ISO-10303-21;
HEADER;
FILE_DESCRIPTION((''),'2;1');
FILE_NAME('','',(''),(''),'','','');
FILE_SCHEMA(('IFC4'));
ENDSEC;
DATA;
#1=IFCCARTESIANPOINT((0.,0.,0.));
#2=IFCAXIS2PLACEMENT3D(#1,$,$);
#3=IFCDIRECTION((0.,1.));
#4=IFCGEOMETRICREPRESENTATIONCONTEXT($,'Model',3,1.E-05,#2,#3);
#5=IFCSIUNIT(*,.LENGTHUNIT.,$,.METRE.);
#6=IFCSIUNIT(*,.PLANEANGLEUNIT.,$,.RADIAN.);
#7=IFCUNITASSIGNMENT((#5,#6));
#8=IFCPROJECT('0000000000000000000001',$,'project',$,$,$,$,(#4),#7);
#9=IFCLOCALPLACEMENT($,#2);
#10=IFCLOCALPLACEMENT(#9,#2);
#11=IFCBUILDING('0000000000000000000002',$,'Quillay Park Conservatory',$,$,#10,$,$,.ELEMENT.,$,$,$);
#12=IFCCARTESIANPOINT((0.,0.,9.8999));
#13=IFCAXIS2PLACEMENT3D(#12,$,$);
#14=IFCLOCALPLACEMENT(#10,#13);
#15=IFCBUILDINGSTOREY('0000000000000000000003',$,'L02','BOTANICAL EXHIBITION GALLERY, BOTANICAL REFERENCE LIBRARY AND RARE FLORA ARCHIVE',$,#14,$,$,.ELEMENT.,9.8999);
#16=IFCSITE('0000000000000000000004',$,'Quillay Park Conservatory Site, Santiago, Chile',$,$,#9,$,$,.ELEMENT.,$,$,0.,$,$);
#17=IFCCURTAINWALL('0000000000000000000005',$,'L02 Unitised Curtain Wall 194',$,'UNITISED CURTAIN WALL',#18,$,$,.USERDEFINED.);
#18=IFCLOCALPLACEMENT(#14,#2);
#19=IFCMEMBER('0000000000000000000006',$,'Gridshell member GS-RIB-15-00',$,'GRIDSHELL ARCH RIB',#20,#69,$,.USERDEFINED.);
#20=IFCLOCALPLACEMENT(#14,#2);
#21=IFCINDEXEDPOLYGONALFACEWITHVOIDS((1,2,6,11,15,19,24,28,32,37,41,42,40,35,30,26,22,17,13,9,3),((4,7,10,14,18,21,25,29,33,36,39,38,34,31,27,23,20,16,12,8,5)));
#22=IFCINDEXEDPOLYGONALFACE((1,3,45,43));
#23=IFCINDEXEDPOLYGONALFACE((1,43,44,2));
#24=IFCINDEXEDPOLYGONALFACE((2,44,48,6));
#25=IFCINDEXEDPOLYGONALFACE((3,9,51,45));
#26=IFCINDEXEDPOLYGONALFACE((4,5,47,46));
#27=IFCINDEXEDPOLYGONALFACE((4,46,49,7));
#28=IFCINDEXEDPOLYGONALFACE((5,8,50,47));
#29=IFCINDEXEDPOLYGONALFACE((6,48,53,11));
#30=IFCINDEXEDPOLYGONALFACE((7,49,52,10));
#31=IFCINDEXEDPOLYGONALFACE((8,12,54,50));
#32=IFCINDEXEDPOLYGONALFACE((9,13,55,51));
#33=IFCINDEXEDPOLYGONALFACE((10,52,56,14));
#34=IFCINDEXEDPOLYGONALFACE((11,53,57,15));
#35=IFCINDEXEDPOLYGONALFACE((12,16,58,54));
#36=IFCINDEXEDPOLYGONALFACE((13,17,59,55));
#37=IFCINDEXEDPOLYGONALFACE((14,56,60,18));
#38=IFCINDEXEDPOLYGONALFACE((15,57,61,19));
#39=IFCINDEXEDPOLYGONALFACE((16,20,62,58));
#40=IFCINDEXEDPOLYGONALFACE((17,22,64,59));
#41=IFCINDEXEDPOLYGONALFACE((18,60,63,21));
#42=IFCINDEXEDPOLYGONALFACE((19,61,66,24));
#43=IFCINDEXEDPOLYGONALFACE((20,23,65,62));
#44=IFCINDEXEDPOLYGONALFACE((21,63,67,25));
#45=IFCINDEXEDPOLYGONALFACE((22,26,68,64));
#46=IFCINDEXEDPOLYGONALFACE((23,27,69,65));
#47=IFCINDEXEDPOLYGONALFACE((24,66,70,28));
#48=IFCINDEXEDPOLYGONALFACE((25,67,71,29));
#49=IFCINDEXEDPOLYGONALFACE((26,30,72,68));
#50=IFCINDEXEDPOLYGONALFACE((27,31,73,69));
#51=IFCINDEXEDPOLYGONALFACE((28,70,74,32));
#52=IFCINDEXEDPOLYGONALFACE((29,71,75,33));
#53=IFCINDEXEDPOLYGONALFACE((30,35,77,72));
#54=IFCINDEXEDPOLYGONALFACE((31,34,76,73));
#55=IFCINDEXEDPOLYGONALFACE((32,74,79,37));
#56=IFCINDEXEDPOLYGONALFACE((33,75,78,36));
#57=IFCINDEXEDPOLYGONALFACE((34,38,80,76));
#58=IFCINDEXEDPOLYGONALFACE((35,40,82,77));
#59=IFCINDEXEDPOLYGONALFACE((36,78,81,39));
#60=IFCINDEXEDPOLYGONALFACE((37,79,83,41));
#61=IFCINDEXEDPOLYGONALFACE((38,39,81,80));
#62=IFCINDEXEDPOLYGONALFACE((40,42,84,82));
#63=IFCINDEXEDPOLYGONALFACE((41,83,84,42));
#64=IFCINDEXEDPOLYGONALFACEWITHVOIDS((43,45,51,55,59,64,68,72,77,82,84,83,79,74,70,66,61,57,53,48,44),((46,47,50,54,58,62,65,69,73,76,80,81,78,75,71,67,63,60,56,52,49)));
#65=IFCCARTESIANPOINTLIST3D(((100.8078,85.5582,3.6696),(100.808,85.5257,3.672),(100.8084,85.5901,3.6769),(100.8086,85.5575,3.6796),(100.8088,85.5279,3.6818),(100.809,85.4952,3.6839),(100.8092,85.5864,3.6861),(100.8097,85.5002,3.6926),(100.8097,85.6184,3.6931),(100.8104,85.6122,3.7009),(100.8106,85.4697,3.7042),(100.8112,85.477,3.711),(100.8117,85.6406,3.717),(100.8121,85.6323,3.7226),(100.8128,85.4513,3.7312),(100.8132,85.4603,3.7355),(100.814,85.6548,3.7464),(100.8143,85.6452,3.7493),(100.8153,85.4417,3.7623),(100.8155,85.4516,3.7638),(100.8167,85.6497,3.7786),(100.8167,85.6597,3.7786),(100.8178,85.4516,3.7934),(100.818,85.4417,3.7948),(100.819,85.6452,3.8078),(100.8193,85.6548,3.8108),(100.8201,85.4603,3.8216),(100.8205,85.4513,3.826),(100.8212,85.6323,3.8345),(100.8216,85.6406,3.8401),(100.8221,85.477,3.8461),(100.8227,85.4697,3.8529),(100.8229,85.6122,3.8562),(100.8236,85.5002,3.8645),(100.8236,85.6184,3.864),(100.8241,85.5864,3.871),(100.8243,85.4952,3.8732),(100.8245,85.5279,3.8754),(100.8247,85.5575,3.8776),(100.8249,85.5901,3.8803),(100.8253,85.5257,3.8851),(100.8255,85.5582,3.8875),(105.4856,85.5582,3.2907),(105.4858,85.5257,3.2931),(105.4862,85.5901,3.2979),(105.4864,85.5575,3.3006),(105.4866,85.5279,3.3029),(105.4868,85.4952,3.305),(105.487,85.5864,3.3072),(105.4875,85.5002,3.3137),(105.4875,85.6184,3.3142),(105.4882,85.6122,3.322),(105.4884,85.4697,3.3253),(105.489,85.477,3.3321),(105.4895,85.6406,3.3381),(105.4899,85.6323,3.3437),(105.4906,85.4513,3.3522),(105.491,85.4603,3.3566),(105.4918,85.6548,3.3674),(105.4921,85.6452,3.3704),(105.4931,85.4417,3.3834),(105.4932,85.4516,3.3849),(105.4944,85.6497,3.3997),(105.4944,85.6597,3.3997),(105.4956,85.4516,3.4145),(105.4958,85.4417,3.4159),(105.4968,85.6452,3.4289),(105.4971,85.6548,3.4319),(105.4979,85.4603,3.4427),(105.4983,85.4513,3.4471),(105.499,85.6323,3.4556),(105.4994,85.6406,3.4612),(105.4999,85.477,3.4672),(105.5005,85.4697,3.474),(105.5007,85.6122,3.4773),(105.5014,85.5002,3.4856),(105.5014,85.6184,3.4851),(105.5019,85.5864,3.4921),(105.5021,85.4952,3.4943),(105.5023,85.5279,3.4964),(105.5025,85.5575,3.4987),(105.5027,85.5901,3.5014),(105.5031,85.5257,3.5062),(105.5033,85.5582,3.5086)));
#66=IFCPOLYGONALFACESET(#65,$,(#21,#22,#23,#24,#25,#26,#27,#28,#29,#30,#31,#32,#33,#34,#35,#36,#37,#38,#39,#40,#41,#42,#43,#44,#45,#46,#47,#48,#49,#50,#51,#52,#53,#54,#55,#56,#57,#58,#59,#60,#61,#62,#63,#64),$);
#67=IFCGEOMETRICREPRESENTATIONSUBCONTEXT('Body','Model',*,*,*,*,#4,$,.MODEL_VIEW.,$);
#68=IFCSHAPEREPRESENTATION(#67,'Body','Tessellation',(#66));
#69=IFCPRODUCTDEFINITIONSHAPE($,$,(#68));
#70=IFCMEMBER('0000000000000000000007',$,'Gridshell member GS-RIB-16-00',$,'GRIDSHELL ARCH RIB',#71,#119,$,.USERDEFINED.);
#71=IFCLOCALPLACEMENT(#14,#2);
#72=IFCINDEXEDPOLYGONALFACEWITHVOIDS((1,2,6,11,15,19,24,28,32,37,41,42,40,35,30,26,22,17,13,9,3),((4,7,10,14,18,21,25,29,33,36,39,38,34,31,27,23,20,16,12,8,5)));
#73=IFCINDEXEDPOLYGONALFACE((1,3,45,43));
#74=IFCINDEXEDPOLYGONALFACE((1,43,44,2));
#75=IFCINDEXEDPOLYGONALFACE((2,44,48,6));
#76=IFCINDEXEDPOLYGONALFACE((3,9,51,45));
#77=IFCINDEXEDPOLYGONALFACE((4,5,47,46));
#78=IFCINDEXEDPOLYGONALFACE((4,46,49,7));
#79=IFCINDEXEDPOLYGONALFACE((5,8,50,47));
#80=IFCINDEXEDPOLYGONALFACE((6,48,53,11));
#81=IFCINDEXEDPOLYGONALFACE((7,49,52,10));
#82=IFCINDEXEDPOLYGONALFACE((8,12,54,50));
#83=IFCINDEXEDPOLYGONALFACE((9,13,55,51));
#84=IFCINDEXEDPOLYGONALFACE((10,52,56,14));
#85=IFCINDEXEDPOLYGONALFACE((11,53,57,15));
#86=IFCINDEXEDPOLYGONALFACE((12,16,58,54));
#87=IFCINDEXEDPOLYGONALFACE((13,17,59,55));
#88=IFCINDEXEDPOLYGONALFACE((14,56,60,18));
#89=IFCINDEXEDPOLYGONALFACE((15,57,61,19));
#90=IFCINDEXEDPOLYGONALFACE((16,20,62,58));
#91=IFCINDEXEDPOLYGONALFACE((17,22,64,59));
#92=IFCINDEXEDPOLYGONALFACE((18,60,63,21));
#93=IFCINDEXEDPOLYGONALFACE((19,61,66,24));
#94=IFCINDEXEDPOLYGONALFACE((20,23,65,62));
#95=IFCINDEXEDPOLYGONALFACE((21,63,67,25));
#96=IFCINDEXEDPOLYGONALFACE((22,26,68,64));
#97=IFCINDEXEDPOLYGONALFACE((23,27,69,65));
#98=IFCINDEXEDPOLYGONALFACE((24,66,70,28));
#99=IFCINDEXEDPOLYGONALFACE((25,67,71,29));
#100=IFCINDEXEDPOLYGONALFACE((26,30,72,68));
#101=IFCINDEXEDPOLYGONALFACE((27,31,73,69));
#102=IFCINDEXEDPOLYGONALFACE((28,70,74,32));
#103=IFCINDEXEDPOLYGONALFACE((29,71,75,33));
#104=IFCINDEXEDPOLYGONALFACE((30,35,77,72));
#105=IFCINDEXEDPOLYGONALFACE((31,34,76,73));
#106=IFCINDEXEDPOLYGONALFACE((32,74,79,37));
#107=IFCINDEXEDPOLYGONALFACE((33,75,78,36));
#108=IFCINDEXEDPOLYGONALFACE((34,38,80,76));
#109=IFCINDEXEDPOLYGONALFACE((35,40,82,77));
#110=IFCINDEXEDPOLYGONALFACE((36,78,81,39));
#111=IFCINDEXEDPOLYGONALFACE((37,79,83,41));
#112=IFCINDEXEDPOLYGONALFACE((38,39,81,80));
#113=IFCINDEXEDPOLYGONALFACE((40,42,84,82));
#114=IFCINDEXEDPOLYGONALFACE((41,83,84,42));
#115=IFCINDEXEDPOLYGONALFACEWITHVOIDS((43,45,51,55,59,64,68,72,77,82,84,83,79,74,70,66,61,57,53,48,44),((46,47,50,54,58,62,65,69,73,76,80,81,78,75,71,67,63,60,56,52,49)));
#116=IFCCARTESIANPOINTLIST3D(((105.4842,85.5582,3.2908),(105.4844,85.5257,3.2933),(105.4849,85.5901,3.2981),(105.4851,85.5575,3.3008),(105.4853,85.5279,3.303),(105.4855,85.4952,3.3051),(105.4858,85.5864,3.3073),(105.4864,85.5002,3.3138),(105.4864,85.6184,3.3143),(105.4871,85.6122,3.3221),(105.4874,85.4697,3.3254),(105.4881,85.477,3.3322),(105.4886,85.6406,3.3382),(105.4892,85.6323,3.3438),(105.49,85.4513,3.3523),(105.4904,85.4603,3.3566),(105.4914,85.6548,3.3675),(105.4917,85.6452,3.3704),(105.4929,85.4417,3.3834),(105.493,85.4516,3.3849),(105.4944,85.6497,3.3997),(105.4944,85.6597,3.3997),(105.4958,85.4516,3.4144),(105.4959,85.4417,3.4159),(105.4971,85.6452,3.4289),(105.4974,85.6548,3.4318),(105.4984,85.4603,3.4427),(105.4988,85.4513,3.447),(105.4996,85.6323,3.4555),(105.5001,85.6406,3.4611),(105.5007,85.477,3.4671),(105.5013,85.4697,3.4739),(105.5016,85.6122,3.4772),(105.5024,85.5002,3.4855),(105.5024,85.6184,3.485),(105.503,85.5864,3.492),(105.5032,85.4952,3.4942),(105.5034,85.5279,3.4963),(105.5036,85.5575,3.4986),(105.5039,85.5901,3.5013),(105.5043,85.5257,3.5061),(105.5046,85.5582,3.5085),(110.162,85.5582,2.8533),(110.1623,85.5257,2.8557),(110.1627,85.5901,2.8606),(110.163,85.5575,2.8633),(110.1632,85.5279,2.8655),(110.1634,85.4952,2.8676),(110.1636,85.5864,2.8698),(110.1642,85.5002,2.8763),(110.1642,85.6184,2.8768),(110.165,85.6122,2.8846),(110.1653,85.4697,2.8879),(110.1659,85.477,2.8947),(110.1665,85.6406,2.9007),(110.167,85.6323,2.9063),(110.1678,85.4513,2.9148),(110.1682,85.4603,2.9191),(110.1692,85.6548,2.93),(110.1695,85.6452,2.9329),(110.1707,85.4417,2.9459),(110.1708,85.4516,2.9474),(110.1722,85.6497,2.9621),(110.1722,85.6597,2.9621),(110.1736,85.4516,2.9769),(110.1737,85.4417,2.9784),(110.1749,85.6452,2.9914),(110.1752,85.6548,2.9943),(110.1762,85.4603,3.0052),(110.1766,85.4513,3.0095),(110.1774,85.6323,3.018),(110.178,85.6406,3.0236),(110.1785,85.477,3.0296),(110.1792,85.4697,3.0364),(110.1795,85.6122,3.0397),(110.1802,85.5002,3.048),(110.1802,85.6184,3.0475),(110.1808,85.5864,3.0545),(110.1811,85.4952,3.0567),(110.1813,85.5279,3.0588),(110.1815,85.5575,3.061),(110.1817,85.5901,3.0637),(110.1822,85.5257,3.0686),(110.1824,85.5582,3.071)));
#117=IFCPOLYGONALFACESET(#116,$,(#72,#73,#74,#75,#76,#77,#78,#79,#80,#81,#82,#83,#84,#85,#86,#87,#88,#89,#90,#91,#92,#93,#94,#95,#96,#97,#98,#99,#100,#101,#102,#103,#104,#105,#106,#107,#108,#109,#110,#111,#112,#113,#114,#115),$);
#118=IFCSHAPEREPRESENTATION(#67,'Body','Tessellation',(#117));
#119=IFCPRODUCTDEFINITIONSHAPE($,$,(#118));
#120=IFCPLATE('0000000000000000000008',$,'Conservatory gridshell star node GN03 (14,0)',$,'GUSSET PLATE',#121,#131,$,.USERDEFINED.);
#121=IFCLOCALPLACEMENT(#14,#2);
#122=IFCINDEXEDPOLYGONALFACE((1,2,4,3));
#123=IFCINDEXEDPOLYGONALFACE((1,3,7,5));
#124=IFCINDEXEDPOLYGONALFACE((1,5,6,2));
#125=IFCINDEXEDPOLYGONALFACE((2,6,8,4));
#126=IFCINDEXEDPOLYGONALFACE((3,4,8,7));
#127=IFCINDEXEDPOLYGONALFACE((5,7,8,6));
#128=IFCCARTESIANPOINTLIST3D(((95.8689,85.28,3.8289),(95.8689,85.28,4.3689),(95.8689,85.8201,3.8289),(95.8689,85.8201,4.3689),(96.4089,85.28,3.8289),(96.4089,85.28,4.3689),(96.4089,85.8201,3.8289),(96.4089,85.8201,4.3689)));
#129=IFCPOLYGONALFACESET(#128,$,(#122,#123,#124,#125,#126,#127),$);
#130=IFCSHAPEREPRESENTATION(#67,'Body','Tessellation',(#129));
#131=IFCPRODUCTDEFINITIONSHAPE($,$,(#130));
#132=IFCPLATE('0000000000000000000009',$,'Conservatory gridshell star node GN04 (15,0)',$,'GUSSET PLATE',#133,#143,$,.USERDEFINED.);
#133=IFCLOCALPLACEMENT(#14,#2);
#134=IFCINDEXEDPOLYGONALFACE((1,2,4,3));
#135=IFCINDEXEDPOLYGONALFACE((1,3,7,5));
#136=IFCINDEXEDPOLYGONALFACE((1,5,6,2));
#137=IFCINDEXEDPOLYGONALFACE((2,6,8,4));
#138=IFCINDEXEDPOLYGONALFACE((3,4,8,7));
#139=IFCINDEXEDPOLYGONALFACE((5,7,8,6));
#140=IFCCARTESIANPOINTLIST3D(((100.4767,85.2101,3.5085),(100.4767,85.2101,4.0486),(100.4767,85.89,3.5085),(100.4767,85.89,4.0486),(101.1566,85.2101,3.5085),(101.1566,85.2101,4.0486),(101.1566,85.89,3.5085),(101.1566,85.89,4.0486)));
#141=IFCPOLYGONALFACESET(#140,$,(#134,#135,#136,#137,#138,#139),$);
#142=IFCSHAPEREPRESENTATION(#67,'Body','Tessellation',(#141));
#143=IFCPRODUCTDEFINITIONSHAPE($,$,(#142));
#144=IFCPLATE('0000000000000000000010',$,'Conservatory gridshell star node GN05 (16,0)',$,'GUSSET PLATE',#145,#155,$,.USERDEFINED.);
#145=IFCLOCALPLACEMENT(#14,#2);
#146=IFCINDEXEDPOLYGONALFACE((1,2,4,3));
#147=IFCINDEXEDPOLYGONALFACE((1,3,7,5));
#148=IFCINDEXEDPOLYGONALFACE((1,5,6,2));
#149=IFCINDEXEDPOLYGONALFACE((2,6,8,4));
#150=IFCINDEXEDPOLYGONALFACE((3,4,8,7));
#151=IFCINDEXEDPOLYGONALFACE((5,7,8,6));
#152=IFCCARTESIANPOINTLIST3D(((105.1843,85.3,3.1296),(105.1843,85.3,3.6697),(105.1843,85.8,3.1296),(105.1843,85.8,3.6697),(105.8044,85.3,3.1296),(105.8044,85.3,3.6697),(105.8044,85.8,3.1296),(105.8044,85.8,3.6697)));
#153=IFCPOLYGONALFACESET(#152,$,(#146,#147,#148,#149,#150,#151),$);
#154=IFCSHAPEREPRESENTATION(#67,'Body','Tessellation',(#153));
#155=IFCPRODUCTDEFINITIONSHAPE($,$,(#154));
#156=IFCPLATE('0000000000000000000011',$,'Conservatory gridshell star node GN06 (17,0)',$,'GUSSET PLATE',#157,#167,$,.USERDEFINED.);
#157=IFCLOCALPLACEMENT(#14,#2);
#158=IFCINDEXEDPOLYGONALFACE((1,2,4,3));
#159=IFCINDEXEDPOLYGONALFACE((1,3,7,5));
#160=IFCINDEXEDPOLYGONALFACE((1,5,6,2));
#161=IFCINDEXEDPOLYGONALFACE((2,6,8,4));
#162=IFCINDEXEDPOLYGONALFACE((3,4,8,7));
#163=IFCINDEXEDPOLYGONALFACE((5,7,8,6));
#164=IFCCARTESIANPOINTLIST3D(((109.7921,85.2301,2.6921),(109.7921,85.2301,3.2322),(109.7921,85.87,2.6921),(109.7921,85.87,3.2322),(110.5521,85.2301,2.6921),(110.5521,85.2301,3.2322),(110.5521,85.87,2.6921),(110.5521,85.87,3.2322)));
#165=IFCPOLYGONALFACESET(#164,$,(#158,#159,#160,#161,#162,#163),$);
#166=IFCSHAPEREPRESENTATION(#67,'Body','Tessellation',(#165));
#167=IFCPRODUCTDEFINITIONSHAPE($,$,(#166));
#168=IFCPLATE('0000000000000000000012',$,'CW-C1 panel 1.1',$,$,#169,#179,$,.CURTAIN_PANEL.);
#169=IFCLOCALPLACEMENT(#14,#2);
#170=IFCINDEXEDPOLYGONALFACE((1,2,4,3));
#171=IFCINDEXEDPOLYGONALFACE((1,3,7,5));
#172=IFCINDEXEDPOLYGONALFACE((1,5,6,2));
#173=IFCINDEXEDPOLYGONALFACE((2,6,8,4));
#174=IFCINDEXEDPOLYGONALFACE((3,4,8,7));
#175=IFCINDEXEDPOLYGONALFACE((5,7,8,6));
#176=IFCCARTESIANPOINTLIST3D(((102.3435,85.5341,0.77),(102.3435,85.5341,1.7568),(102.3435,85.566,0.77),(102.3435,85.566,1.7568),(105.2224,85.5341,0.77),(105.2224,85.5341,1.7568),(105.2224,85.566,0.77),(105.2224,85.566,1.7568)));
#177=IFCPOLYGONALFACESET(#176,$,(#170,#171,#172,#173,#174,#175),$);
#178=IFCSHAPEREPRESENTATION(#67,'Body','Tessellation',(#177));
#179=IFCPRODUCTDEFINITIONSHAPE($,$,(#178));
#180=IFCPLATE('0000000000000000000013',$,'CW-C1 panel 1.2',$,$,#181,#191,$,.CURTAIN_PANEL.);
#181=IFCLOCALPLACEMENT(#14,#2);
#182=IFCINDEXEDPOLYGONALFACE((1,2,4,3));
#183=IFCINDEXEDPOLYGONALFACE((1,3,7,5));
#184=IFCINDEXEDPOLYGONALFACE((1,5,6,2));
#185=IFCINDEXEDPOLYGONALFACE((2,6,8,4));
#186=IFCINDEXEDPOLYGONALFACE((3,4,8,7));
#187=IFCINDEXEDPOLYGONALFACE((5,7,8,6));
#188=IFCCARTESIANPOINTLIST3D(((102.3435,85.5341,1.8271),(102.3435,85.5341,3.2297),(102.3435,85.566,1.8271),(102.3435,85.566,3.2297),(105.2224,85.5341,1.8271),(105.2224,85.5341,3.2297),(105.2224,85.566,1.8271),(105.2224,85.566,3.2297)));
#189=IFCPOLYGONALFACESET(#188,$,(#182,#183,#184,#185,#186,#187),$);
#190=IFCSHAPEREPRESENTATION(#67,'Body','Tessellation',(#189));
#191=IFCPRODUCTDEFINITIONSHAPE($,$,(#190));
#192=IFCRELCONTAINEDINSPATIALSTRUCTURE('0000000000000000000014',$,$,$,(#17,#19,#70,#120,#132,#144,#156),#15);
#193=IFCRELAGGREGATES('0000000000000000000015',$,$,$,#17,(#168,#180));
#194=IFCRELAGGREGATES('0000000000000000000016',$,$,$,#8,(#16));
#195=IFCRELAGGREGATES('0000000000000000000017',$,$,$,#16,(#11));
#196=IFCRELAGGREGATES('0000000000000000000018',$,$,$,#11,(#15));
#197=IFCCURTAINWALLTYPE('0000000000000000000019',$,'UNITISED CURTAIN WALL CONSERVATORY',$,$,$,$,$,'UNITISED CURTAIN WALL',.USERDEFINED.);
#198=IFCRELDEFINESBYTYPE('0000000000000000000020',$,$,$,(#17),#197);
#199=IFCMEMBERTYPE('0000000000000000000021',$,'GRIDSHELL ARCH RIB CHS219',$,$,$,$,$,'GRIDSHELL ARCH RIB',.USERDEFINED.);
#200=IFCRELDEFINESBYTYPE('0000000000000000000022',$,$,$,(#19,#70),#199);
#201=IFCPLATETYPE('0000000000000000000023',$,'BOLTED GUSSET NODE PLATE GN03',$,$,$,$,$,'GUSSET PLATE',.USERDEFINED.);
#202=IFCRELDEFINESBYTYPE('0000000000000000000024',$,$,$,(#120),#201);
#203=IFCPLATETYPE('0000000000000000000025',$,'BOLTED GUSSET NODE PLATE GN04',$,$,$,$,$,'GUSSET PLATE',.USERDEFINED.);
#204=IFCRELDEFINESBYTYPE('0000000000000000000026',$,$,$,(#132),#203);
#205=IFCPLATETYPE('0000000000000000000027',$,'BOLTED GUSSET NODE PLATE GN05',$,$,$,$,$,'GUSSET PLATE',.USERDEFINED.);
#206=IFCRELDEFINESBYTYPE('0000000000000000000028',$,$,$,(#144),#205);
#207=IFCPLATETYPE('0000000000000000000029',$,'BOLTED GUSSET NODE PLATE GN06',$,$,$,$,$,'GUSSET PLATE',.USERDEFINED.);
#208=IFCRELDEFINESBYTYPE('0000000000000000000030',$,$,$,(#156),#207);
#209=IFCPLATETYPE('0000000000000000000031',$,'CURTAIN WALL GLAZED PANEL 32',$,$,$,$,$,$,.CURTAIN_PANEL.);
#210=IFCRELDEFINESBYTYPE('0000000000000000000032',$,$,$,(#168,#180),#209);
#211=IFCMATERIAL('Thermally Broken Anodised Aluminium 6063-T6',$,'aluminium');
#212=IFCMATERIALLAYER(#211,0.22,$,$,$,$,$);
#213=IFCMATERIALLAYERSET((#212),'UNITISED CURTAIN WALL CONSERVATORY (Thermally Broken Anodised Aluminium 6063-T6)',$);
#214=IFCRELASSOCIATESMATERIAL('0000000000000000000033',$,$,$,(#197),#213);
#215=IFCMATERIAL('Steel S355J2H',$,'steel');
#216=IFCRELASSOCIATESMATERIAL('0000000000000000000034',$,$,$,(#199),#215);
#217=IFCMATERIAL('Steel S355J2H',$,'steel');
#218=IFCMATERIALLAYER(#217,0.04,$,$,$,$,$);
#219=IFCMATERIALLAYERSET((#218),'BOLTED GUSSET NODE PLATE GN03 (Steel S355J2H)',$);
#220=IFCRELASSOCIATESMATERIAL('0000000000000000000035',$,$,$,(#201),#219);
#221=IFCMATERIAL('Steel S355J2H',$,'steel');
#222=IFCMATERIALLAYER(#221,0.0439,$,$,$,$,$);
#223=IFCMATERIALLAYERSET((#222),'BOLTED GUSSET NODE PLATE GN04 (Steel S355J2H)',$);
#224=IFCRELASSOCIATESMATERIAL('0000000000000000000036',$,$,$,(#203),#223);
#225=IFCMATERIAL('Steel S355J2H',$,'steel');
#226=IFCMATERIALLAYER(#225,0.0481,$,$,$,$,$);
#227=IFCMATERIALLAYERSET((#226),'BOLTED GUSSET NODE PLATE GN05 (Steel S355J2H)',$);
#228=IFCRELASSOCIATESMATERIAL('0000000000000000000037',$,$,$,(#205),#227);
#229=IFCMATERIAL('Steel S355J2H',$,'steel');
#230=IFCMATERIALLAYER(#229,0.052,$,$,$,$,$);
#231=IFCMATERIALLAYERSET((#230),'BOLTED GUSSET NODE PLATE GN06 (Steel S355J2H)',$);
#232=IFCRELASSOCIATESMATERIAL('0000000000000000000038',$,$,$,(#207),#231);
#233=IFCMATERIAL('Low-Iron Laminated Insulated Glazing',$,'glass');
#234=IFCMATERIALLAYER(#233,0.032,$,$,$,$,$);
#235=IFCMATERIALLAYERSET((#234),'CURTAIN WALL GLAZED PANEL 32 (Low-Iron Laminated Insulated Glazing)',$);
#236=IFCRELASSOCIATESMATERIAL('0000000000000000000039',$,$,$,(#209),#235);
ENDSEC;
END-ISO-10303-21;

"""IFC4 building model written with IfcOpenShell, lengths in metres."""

from ifc_helpers import new_model, si_unit, direction, frame, origin, origin_2d, place, context, subcontext, project, spatial, rectangle, hollow_circle, extrude, material, layer, layer_set, material_profile, profile_set, type_object, element, aggregate, save


model = new_model("IFC4")

# Units and contexts
model_context = context("Model", 3, precision=1e-05, world=origin(), true_north=direction((0.0, 1.0)))
body_context = subcontext(model_context, "Body", "Model", "MODEL_VIEW")
ifc_project = project(units=[si_unit("LENGTHUNIT", "METRE"), si_unit("PLANEANGLEUNIT", "RADIAN")], contexts=[model_context])

# Site, building, storey
site_placement = place(None, origin())
site = spatial("IfcSite", under=ifc_project, at=site_placement, Name="Quillay Park Conservatory Site, Santiago, Chile", CompositionType="ELEMENT", RefElevation=0.0)
building_placement = place(site_placement, origin())
building = spatial("IfcBuilding", under=site, at=building_placement, Name="Quillay Park Conservatory", CompositionType="ELEMENT")
storey_placement = place(building_placement, frame((0.0, 0.0, 9.8999)))
storey = spatial("IfcBuildingStorey", under=building, at=storey_placement, Name="L02", Description="BOTANICAL EXHIBITION GALLERY, BOTANICAL REFERENCE LIBRARY AND RARE FLORA ARCHIVE", CompositionType="ELEMENT", Elevation=9.8999)

# Shared definitions
ifc_material_1 = material(Name="Thermally Broken Anodised Aluminium 6063-T6", Category="aluminium")
ifc_layer_1 = layer(ifc_material_1, 0.22)
ifc_layer_set_1 = layer_set([ifc_layer_1], Name="UNITISED CURTAIN WALL CONSERVATORY (Thermally Broken Anodised Aluminium 6063-T6)")
curtain_wall_type = type_object("IfcCurtainWallType", Name="UNITISED CURTAIN WALL CONSERVATORY", ElementType="UNITISED CURTAIN WALL", PredefinedType="USERDEFINED", material=ifc_layer_set_1)

# Curtain wall
curtain_wall_1_placement = place(storey_placement, origin())
curtain_wall_1 = element("IfcCurtainWall", 1, at=curtain_wall_1_placement, inside=storey, type_object=curtain_wall_type, Name="L02 Unitised Curtain Wall 194", ObjectType="UNITISED CURTAIN WALL", PredefinedType="USERDEFINED")

# Members
ifc_material_2 = material(Name="Steel S355J2H", Category="steel")
ifc_material_profile_1 = material_profile(ifc_material_2, hollow_circle(Radius=0.1096, WallThickness=0.01, at=origin_2d()), Name="CHS219.1x10")
ifc_profile_set_1 = profile_set([ifc_material_profile_1], Name="Steel S355J2H")
member_type_1 = type_object("IfcMemberType", Name="GRIDSHELL ARCH RIB CHS219", ElementType="GRIDSHELL ARCH RIB", PredefinedType="USERDEFINED", material=ifc_profile_set_1)
member_1_placement = place(storey_placement, frame((100.8167, 85.55, 3.7786), z_axis=(0.996735, 0.0, -0.080738), x_axis=(0.0, 1.0, 0.0)))
element("IfcMember", 2, at=member_1_placement, inside=storey, type_object=member_type_1, Name="Gridshell member GS-RIB-15-00", ObjectType="GRIDSHELL ARCH RIB", PredefinedType="USERDEFINED", context=body_context, shape_type="SweptSolid", body=[
    extrude(hollow_circle(Radius=0.1096, WallThickness=0.01, at=origin_2d()), origin(), (0.0, 0.0, 1.0), 4.6931),
])
member_2_placement = place(storey_placement, frame((105.4944, 85.55, 3.3997), z_axis=(0.995655, 0.0, -0.093122), x_axis=(0.0, 1.0, 0.0)))
element("IfcMember", 3, at=member_2_placement, inside=storey, type_object=member_type_1, Name="Gridshell member GS-RIB-16-00", ObjectType="GRIDSHELL ARCH RIB", PredefinedType="USERDEFINED", context=body_context, shape_type="SweptSolid", body=[
    extrude(hollow_circle(Radius=0.1096, WallThickness=0.01, at=origin_2d()), origin(), (0.0, 0.0, 1.0), 4.6982),
])

# Plates
ifc_material_3 = material(Name="Steel S355J2H", Category="steel")
ifc_layer_2 = layer(ifc_material_3, 0.04)
ifc_layer_set_2 = layer_set([ifc_layer_2], Name="BOLTED GUSSET NODE PLATE GN03 (Steel S355J2H)")
plate_type_1 = type_object("IfcPlateType", Name="BOLTED GUSSET NODE PLATE GN03", ElementType="GUSSET PLATE", PredefinedType="USERDEFINED", material=ifc_layer_set_2)
plate_1_placement = place(storey_placement, frame((96.1389, 85.55, 3.8289), z_axis=(0.0, 0.0, 1.0), x_axis=(1.0, 0.0, 0.0)))
element("IfcPlate", 4, at=plate_1_placement, inside=storey, type_object=plate_type_1, Name="Conservatory gridshell star node GN03 (14,0)", ObjectType="GUSSET PLATE", PredefinedType="USERDEFINED", context=body_context, shape_type="SweptSolid", body=[
    extrude(rectangle(XDim=0.54, YDim=0.54, at=origin_2d()), origin(), (0.0, 0.0, 1.0), 0.54),
])
ifc_material_4 = material(Name="Steel S355J2H", Category="steel")
ifc_layer_3 = layer(ifc_material_4, 0.0439)
ifc_layer_set_3 = layer_set([ifc_layer_3], Name="BOLTED GUSSET NODE PLATE GN04 (Steel S355J2H)")
plate_type_2 = type_object("IfcPlateType", Name="BOLTED GUSSET NODE PLATE GN04", ElementType="GUSSET PLATE", PredefinedType="USERDEFINED", material=ifc_layer_set_3)
plate_2_placement = place(storey_placement, frame((100.8167, 85.55, 3.5085), z_axis=(0.0, 0.0, 1.0), x_axis=(1.0, 0.0, 0.0)))
element("IfcPlate", 5, at=plate_2_placement, inside=storey, type_object=plate_type_2, Name="Conservatory gridshell star node GN04 (15,0)", ObjectType="GUSSET PLATE", PredefinedType="USERDEFINED", context=body_context, shape_type="SweptSolid", body=[
    extrude(rectangle(XDim=0.6799, YDim=0.6799, at=origin_2d()), origin(), (0.0, 0.0, 1.0), 0.54),
])
ifc_material_5 = material(Name="Steel S355J2H", Category="steel")
ifc_layer_4 = layer(ifc_material_5, 0.0481)
ifc_layer_set_4 = layer_set([ifc_layer_4], Name="BOLTED GUSSET NODE PLATE GN05 (Steel S355J2H)")
plate_type_3 = type_object("IfcPlateType", Name="BOLTED GUSSET NODE PLATE GN05", ElementType="GUSSET PLATE", PredefinedType="USERDEFINED", material=ifc_layer_set_4)
plate_3_placement = place(storey_placement, frame((105.4944, 85.55, 3.1296), z_axis=(0.0, 0.0, 1.0), x_axis=(1.0, 0.0, 0.0)))
element("IfcPlate", 6, at=plate_3_placement, inside=storey, type_object=plate_type_3, Name="Conservatory gridshell star node GN05 (16,0)", ObjectType="GUSSET PLATE", PredefinedType="USERDEFINED", context=body_context, shape_type="SweptSolid", body=[
    extrude(rectangle(XDim=0.6201, YDim=0.5, at=origin_2d()), origin(), (0.0, 0.0, 1.0), 0.54),
])
ifc_material_6 = material(Name="Steel S355J2H", Category="steel")
ifc_layer_5 = layer(ifc_material_6, 0.052)
ifc_layer_set_5 = layer_set([ifc_layer_5], Name="BOLTED GUSSET NODE PLATE GN06 (Steel S355J2H)")
plate_type_4 = type_object("IfcPlateType", Name="BOLTED GUSSET NODE PLATE GN06", ElementType="GUSSET PLATE", PredefinedType="USERDEFINED", material=ifc_layer_set_5)
plate_4_placement = place(storey_placement, frame((110.1721, 85.55, 2.6921), z_axis=(0.0, 0.0, 1.0), x_axis=(1.0, 0.0, 0.0)))
element("IfcPlate", 7, at=plate_4_placement, inside=storey, type_object=plate_type_4, Name="Conservatory gridshell star node GN06 (17,0)", ObjectType="GUSSET PLATE", PredefinedType="USERDEFINED", context=body_context, shape_type="SweptSolid", body=[
    extrude(rectangle(XDim=0.76, YDim=0.6399, at=origin_2d()), origin(), (0.0, 0.0, 1.0), 0.54),
])

# Plates
ifc_material_7 = material(Name="Low-Iron Laminated Insulated Glazing", Category="glass")
ifc_layer_6 = layer(ifc_material_7, 0.032)
ifc_layer_set_6 = layer_set([ifc_layer_6], Name="CURTAIN WALL GLAZED PANEL 32 (Low-Iron Laminated Insulated Glazing)")
plate_type_5 = type_object("IfcPlateType", Name="CURTAIN WALL GLAZED PANEL 32", PredefinedType="CURTAIN_PANEL", material=ifc_layer_set_6)
plate_5_placement = place(storey_placement, frame((103.783, 85.55, 0.77), z_axis=(0.0, 0.0, 1.0), x_axis=(-1.0, 0.0, 0.0)))
plate_5 = element("IfcPlate", 8, at=plate_5_placement, type_object=plate_type_5, Name="CW-C1 panel 1.1", PredefinedType="CURTAIN_PANEL", context=body_context, shape_type="SweptSolid", body=[
    extrude(rectangle(XDim=2.8789, YDim=0.032, at=origin_2d()), origin(), (0.0, 0.0, 1.0), 0.9868),
])
plate_6_placement = place(storey_placement, frame((103.783, 85.55, 1.8271), z_axis=(0.0, 0.0, 1.0), x_axis=(-1.0, 0.0, 0.0)))
plate_6 = element("IfcPlate", 9, at=plate_6_placement, type_object=plate_type_5, Name="CW-C1 panel 1.2", PredefinedType="CURTAIN_PANEL", context=body_context, shape_type="SweptSolid", body=[
    extrude(rectangle(XDim=2.8789, YDim=0.032, at=origin_2d()), origin(), (0.0, 0.0, 1.0), 1.4026),
])
aggregate(curtain_wall_1, [plate_5, plate_6])

save(model, "model.ifc")
